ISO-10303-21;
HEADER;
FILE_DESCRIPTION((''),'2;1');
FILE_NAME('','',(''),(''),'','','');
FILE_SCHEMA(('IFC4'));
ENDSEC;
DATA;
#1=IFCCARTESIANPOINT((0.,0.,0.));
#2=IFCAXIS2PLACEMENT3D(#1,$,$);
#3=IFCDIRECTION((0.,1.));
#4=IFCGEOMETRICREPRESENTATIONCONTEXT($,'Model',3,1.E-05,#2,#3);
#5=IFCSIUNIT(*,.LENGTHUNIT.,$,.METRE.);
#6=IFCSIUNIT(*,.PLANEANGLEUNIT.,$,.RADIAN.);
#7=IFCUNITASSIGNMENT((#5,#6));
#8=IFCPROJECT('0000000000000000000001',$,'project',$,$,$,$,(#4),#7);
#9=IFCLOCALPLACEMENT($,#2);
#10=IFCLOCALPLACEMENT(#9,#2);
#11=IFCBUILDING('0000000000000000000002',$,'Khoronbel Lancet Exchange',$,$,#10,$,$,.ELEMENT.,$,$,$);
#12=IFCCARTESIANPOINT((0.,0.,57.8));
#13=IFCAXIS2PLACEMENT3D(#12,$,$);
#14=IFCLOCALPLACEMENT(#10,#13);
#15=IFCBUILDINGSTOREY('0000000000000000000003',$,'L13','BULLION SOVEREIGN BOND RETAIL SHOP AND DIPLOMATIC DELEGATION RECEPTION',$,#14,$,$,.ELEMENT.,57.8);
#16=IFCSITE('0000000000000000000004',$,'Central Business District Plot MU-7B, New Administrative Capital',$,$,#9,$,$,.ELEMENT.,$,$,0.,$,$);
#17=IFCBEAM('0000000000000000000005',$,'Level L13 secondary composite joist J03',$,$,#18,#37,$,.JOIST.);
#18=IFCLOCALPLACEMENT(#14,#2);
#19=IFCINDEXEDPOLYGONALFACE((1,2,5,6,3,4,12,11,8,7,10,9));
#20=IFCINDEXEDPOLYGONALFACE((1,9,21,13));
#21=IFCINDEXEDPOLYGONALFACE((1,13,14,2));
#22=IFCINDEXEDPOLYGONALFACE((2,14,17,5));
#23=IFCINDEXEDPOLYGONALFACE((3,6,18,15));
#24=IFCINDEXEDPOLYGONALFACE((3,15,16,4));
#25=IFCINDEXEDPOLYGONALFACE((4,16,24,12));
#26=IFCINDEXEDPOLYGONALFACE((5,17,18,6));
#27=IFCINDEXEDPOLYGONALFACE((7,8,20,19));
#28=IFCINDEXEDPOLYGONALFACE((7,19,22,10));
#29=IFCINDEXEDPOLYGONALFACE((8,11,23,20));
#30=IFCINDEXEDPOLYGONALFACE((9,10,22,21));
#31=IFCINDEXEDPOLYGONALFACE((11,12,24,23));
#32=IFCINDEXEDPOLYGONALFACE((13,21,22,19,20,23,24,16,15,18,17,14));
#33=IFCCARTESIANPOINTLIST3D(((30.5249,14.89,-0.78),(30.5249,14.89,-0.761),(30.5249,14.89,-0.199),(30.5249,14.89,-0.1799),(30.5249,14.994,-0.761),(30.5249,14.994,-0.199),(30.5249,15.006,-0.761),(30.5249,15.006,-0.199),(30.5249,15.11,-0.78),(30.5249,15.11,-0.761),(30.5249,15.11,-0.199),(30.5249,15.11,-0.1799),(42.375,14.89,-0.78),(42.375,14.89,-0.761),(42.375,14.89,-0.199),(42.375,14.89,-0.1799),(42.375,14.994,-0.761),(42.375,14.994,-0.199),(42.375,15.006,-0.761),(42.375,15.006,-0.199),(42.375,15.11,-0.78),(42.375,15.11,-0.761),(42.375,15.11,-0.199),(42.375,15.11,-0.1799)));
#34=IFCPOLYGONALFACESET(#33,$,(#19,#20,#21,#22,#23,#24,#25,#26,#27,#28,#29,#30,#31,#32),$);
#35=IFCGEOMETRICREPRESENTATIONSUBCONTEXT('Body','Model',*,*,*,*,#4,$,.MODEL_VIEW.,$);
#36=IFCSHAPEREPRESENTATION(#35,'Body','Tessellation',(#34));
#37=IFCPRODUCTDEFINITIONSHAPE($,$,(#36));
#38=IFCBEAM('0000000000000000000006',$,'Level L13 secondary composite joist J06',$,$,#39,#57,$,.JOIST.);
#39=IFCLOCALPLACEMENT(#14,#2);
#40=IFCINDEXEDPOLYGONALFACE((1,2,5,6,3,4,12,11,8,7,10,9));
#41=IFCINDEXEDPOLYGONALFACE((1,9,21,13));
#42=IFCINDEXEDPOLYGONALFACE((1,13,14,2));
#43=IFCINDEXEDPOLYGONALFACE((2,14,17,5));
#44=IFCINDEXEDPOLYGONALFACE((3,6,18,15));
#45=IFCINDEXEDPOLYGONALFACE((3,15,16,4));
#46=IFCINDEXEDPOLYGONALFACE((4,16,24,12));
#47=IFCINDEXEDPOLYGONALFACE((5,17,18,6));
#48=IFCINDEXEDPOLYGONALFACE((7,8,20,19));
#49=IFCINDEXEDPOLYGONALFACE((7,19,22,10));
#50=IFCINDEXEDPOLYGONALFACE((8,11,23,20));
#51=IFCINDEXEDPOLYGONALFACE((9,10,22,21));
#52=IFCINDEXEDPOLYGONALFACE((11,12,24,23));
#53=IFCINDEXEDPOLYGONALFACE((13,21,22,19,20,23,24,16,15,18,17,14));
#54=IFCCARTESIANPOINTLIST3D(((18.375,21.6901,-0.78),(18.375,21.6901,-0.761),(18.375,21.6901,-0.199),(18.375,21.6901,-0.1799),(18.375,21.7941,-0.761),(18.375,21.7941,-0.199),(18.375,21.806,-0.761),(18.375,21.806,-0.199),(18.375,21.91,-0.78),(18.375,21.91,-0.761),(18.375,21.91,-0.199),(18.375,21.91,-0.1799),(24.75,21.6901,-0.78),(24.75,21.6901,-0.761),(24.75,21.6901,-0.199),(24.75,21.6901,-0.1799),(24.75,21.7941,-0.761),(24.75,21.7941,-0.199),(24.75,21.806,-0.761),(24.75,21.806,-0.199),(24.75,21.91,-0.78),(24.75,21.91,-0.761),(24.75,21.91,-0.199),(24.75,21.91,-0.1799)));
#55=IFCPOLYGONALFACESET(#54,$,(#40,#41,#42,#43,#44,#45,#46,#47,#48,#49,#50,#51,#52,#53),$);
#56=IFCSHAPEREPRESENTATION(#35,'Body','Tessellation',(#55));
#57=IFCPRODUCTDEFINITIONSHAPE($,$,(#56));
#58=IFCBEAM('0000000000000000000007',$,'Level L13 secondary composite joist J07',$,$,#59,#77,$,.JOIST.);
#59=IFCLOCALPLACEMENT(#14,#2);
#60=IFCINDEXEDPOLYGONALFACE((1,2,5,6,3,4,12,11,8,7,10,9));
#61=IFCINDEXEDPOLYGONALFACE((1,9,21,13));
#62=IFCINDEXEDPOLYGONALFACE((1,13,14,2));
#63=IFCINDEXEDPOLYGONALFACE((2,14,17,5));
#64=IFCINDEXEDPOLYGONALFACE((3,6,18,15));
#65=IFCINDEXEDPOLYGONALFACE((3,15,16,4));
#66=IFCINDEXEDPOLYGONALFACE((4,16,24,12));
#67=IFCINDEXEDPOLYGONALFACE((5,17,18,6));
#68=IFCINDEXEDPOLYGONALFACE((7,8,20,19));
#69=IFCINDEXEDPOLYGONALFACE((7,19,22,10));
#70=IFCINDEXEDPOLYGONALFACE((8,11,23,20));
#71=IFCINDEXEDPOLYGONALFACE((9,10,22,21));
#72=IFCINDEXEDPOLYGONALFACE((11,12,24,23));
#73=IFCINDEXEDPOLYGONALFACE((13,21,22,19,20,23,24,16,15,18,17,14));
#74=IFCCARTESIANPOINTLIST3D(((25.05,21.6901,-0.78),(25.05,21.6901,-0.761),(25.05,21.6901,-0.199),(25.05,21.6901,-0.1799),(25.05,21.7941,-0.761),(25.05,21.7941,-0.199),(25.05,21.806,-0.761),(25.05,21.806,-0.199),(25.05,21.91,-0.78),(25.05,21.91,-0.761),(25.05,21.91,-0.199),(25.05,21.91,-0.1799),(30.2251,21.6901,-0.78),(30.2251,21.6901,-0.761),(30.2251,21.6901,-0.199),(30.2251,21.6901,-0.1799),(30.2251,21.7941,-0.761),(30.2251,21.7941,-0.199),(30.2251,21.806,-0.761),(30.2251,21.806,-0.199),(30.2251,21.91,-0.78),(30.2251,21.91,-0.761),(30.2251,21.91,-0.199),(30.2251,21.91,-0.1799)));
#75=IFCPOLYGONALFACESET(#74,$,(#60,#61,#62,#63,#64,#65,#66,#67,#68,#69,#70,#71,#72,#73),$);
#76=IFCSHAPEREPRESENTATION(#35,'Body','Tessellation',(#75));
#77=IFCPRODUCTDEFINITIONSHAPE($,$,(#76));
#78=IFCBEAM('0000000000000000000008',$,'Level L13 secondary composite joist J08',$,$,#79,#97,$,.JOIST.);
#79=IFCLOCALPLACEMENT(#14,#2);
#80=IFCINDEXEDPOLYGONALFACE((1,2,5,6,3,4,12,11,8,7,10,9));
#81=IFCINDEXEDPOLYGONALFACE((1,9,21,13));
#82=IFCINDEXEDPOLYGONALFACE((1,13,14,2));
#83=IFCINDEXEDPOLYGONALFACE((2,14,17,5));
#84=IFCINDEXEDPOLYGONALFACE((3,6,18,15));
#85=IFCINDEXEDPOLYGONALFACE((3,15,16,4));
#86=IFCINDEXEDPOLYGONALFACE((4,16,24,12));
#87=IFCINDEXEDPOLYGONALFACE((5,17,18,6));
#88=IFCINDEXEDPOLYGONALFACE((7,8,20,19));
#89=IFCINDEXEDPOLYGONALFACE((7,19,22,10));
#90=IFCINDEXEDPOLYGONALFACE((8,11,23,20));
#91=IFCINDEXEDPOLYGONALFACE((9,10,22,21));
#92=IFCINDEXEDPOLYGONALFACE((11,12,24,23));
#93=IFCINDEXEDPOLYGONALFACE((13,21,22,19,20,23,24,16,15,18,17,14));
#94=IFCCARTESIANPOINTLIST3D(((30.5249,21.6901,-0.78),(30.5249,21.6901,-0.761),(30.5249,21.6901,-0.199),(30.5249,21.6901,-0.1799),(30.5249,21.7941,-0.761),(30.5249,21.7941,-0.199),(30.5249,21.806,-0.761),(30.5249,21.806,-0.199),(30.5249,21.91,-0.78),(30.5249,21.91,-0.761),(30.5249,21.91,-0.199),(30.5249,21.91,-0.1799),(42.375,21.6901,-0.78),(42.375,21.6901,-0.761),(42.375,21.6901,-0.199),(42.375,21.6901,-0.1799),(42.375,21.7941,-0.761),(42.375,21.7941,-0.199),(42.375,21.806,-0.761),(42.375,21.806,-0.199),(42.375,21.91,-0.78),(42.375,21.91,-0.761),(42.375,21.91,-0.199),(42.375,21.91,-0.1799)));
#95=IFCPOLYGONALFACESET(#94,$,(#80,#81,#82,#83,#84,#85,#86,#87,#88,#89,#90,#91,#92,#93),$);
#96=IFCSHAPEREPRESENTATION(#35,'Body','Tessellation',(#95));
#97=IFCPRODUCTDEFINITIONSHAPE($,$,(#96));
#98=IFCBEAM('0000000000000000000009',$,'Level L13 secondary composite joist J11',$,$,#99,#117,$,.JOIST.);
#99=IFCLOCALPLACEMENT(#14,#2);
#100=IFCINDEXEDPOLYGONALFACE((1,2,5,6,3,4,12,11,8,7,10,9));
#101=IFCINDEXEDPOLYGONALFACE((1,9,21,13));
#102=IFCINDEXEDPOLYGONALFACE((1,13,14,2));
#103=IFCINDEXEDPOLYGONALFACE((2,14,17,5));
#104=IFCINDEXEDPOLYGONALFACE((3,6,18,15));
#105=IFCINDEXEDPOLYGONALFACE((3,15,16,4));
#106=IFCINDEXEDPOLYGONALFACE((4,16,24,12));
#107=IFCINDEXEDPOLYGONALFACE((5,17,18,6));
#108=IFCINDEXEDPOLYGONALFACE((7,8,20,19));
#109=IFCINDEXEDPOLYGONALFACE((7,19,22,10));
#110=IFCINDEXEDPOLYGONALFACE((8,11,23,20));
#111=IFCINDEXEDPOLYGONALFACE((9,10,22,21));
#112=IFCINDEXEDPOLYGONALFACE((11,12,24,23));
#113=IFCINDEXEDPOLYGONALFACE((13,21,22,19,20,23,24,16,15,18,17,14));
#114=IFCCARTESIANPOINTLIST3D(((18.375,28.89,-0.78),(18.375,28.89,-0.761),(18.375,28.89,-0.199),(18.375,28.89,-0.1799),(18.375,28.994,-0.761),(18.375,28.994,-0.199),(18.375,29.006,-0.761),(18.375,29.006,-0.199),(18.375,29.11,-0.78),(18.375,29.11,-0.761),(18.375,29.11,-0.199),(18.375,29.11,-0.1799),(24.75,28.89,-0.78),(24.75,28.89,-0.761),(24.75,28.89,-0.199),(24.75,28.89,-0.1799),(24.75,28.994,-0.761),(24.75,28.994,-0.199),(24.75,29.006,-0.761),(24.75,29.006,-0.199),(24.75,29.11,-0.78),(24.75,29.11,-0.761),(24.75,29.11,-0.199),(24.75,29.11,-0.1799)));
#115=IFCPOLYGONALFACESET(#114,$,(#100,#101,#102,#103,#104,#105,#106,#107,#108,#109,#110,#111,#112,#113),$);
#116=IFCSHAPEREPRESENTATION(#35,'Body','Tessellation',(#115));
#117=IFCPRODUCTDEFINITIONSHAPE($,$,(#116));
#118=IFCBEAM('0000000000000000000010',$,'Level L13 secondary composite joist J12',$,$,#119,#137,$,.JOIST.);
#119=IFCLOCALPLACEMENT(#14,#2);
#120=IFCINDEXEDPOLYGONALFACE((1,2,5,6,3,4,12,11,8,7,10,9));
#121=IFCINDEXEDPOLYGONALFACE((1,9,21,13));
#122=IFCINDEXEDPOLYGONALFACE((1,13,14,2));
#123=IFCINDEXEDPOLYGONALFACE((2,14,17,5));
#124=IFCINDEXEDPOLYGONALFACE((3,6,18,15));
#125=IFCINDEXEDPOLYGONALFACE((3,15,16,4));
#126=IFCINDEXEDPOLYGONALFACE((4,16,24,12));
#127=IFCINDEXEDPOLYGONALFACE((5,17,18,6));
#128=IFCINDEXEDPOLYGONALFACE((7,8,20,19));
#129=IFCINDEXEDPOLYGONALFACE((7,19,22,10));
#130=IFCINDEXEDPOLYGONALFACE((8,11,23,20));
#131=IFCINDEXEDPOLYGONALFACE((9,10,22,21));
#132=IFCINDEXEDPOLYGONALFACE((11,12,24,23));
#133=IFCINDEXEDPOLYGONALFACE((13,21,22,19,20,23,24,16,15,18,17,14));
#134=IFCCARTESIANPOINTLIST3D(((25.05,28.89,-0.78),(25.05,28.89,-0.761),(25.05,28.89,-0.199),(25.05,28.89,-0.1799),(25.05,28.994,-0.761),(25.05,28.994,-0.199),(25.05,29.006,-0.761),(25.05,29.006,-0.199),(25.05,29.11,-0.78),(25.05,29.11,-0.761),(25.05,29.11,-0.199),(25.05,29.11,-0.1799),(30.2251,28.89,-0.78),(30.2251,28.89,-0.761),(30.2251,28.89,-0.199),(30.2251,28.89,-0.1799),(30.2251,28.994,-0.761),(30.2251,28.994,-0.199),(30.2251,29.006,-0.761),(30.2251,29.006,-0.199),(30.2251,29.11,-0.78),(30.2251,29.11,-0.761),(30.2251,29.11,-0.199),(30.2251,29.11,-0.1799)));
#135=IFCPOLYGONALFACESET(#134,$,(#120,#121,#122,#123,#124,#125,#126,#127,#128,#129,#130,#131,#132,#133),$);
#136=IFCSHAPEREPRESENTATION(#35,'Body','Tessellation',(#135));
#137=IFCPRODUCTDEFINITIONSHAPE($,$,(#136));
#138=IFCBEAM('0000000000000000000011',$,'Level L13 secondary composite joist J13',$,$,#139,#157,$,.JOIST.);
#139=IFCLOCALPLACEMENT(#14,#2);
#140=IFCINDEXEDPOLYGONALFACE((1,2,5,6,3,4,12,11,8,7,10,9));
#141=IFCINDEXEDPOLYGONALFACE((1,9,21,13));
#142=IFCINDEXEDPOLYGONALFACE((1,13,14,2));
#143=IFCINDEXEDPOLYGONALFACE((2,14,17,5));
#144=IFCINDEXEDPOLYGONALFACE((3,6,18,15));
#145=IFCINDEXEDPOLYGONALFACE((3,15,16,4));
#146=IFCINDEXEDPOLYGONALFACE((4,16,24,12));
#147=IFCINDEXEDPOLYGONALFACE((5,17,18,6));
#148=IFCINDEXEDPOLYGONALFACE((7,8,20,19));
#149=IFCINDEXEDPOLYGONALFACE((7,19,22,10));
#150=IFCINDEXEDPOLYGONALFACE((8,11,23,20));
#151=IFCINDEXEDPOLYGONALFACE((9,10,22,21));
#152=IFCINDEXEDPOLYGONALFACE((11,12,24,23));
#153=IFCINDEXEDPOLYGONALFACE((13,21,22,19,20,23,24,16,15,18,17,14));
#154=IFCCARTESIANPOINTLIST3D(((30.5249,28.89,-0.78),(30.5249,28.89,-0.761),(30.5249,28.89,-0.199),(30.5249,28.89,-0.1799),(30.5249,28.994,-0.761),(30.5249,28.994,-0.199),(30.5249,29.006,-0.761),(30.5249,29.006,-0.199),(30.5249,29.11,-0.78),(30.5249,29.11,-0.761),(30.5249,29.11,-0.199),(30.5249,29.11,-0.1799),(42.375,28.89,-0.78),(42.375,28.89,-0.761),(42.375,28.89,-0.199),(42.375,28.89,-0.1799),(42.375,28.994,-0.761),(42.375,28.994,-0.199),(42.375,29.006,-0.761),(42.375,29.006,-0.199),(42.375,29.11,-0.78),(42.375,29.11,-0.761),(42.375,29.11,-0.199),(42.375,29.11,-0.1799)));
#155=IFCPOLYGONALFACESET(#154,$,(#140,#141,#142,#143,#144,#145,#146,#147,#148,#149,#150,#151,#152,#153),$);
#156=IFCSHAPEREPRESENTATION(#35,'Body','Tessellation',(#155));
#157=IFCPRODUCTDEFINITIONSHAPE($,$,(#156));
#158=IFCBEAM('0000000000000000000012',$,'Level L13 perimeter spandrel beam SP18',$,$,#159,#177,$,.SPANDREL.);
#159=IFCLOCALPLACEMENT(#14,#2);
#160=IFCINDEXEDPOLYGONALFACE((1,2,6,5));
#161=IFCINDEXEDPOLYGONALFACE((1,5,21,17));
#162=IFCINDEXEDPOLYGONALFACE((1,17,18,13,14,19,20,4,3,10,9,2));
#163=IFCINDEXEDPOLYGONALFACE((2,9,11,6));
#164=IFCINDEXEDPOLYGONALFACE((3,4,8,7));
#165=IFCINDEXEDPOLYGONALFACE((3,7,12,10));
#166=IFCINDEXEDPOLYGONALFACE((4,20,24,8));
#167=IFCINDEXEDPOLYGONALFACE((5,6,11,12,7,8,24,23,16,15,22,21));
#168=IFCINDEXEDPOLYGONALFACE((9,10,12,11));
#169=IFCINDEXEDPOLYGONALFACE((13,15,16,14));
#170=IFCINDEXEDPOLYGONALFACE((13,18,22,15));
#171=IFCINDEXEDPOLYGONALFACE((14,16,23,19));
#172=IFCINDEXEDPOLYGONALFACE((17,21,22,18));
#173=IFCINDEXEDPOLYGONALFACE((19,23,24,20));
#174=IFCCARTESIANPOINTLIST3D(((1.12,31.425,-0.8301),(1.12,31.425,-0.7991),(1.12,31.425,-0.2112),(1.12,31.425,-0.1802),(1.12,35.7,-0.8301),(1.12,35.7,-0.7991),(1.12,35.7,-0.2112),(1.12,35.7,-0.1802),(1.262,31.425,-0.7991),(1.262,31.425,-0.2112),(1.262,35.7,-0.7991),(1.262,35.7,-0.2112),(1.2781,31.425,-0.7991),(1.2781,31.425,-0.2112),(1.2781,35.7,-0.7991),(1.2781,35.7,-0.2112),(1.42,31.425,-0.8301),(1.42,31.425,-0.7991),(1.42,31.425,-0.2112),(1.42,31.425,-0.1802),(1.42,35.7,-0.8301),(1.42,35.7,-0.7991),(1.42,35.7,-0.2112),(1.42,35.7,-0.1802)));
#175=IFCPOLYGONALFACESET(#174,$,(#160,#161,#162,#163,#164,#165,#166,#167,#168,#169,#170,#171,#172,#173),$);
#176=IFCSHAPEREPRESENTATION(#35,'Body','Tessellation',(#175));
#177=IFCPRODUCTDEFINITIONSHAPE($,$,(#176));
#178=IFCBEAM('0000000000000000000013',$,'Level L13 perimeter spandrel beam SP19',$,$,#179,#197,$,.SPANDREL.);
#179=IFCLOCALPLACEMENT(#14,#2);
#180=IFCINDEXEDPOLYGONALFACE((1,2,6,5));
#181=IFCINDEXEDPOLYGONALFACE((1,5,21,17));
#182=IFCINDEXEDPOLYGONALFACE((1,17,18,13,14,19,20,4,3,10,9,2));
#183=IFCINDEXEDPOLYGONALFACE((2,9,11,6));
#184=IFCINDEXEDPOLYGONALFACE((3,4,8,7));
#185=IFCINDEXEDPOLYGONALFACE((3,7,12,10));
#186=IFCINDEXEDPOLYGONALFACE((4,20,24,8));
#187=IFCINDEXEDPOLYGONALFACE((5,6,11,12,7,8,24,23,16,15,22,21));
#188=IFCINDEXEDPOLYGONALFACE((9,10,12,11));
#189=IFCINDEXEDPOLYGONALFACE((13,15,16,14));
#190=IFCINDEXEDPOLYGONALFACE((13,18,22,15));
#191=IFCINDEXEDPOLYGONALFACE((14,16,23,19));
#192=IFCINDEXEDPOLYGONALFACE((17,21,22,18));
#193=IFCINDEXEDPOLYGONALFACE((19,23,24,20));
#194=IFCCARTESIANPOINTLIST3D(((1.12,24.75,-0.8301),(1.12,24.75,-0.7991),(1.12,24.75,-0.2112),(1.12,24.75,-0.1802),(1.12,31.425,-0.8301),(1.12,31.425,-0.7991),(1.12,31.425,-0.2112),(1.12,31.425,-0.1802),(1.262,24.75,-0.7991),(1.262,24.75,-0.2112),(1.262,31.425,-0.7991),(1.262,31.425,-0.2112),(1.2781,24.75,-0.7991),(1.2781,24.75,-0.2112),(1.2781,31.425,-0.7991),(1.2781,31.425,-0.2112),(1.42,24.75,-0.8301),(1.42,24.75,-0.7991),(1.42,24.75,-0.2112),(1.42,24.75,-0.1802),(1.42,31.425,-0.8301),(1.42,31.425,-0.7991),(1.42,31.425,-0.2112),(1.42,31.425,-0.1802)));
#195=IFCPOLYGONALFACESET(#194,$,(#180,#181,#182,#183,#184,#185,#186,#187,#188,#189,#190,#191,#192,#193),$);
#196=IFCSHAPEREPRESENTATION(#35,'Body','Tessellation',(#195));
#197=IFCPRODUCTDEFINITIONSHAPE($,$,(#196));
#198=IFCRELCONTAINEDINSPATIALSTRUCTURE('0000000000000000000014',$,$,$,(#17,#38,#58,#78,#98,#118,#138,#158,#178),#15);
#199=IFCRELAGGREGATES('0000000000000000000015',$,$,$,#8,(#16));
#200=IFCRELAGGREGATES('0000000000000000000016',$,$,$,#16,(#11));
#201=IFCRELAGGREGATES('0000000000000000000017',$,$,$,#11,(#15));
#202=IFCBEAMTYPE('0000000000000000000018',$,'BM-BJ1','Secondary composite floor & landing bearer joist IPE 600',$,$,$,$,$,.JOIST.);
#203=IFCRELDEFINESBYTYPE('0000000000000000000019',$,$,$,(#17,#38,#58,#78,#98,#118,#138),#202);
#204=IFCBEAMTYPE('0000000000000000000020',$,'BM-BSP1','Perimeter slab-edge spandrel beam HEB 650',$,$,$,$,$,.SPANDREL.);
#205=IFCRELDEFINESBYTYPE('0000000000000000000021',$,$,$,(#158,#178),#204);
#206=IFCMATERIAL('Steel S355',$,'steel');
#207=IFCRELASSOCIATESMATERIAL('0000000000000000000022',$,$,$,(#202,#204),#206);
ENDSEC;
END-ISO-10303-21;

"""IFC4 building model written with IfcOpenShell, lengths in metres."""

from ifc_helpers import new_model, si_unit, direction, frame, origin, origin_2d, place, context, subcontext, project, spatial, i_section, extrude, material, material_profile, profile_set, type_object, element, save


model = new_model("IFC4")

# Units and contexts
model_context = context("Model", 3, precision=1e-05, world=origin(), true_north=direction((0.0, 1.0)))
body_context = subcontext(model_context, "Body", "Model", "MODEL_VIEW")
ifc_project = project(units=[si_unit("LENGTHUNIT", "METRE"), si_unit("PLANEANGLEUNIT", "RADIAN")], contexts=[model_context])

# Site, building, storey
site_placement = place(None, origin())
site = spatial("IfcSite", under=ifc_project, at=site_placement, Name="Central Business District Plot MU-7B, New Administrative Capital", CompositionType="ELEMENT", RefElevation=0.0)
building_placement = place(site_placement, origin())
building = spatial("IfcBuilding", under=site, at=building_placement, Name="Khoronbel Lancet Exchange", CompositionType="ELEMENT")
storey_placement = place(building_placement, frame((0.0, 0.0, 57.8)))
storey = spatial("IfcBuildingStorey", under=building, at=storey_placement, Name="L13", Description="BULLION SOVEREIGN BOND RETAIL SHOP AND DIPLOMATIC DELEGATION RECEPTION", CompositionType="ELEMENT", Elevation=57.8)

# Shared definitions
ifc_material_1 = material(Name="Steel S355", Category="steel")

# Beams
ifc_material_profile_1 = material_profile(ifc_material_1, i_section(OverallWidth=0.22, OverallDepth=0.6001, WebThickness=0.012, FlangeThickness=0.019, at=origin_2d()), Name="IPE 600")
ifc_profile_set_1 = profile_set([ifc_material_profile_1], Name="Steel S355")
beam_type_1 = type_object("IfcBeamType", Name="BM-BJ1", Description="Secondary composite floor & landing bearer joist IPE 600", PredefinedType="JOIST", material=ifc_profile_set_1)
beam_1_placement = place(storey_placement, frame((30.5249, 15.0, -0.48), z_axis=(1.0, 0.0, 0.0), x_axis=(0.0, 1.0, 0.0)))
element("IfcBeam", 1, at=beam_1_placement, inside=storey, type_object=beam_type_1, Name="Level L13 secondary composite joist J03", PredefinedType="JOIST", context=body_context, shape_type="SweptSolid", body=[
    extrude(i_section(OverallWidth=0.22, OverallDepth=0.6001, WebThickness=0.012, FlangeThickness=0.019, at=origin_2d()), origin(), (0.0, 0.0, 1.0), 11.8501),
])
beam_2_placement = place(storey_placement, frame((18.375, 21.8, -0.48), z_axis=(1.0, 0.0, 0.0), x_axis=(0.0, 1.0, 0.0)))
element("IfcBeam", 2, at=beam_2_placement, inside=storey, type_object=beam_type_1, Name="Level L13 secondary composite joist J06", PredefinedType="JOIST", context=body_context, shape_type="SweptSolid", body=[
    extrude(i_section(OverallWidth=0.22, OverallDepth=0.6001, WebThickness=0.012, FlangeThickness=0.019, at=origin_2d()), origin(), (0.0, 0.0, 1.0), 6.375),
])
beam_3_placement = place(storey_placement, frame((25.05, 21.8, -0.48), z_axis=(1.0, 0.0, 0.0), x_axis=(0.0, 1.0, 0.0)))
element("IfcBeam", 3, at=beam_3_placement, inside=storey, type_object=beam_type_1, Name="Level L13 secondary composite joist J07", PredefinedType="JOIST", context=body_context, shape_type="SweptSolid", body=[
    extrude(i_section(OverallWidth=0.22, OverallDepth=0.6001, WebThickness=0.012, FlangeThickness=0.019, at=origin_2d()), origin(), (0.0, 0.0, 1.0), 5.175),
])
beam_4_placement = place(storey_placement, frame((30.5249, 21.8, -0.48), z_axis=(1.0, 0.0, 0.0), x_axis=(0.0, 1.0, 0.0)))
element("IfcBeam", 4, at=beam_4_placement, inside=storey, type_object=beam_type_1, Name="Level L13 secondary composite joist J08", PredefinedType="JOIST", context=body_context, shape_type="SweptSolid", body=[
    extrude(i_section(OverallWidth=0.22, OverallDepth=0.6001, WebThickness=0.012, FlangeThickness=0.019, at=origin_2d()), origin(), (0.0, 0.0, 1.0), 11.8501),
])
beam_5_placement = place(storey_placement, frame((18.375, 29.0, -0.48), z_axis=(1.0, 0.0, 0.0), x_axis=(0.0, 1.0, 0.0)))
element("IfcBeam", 5, at=beam_5_placement, inside=storey, type_object=beam_type_1, Name="Level L13 secondary composite joist J11", PredefinedType="JOIST", context=body_context, shape_type="SweptSolid", body=[
    extrude(i_section(OverallWidth=0.22, OverallDepth=0.6001, WebThickness=0.012, FlangeThickness=0.019, at=origin_2d()), origin(), (0.0, 0.0, 1.0), 6.375),
])
beam_6_placement = place(storey_placement, frame((25.05, 29.0, -0.48), z_axis=(1.0, 0.0, 0.0), x_axis=(0.0, 1.0, 0.0)))
element("IfcBeam", 6, at=beam_6_placement, inside=storey, type_object=beam_type_1, Name="Level L13 secondary composite joist J12", PredefinedType="JOIST", context=body_context, shape_type="SweptSolid", body=[
    extrude(i_section(OverallWidth=0.22, OverallDepth=0.6001, WebThickness=0.012, FlangeThickness=0.019, at=origin_2d()), origin(), (0.0, 0.0, 1.0), 5.175),
])
beam_7_placement = place(storey_placement, frame((30.5249, 29.0, -0.48), z_axis=(1.0, 0.0, 0.0), x_axis=(0.0, 1.0, 0.0)))
element("IfcBeam", 7, at=beam_7_placement, inside=storey, type_object=beam_type_1, Name="Level L13 secondary composite joist J13", PredefinedType="JOIST", context=body_context, shape_type="SweptSolid", body=[
    extrude(i_section(OverallWidth=0.22, OverallDepth=0.6001, WebThickness=0.012, FlangeThickness=0.019, at=origin_2d()), origin(), (0.0, 0.0, 1.0), 11.8501),
])
ifc_material_profile_2 = material_profile(ifc_material_1, i_section(OverallWidth=0.3, OverallDepth=0.6499, WebThickness=0.0161, FlangeThickness=0.031, at=origin_2d()), Name="HEB 650")
ifc_profile_set_2 = profile_set([ifc_material_profile_2], Name="Steel S355")
beam_type_2 = type_object("IfcBeamType", Name="BM-BSP1", Description="Perimeter slab-edge spandrel beam HEB 650", PredefinedType="SPANDREL", material=ifc_profile_set_2)
beam_8_placement = place(storey_placement, frame((1.27, 35.7, -0.5051), z_axis=(0.0, -1.0, 0.0), x_axis=(1.0, 0.0, 0.0)))
element("IfcBeam", 8, at=beam_8_placement, inside=storey, type_object=beam_type_2, Name="Level L13 perimeter spandrel beam SP18", PredefinedType="SPANDREL", context=body_context, shape_type="SweptSolid", body=[
    extrude(i_section(OverallWidth=0.3, OverallDepth=0.6499, WebThickness=0.0161, FlangeThickness=0.031, at=origin_2d()), origin(), (0.0, 0.0, 1.0), 4.2749),
])
beam_9_placement = place(storey_placement, frame((1.27, 31.425, -0.5051), z_axis=(0.0, -1.0, 0.0), x_axis=(1.0, 0.0, 0.0)))
element("IfcBeam", 9, at=beam_9_placement, inside=storey, type_object=beam_type_2, Name="Level L13 perimeter spandrel beam SP19", PredefinedType="SPANDREL", context=body_context, shape_type="SweptSolid", body=[
    extrude(i_section(OverallWidth=0.3, OverallDepth=0.6499, WebThickness=0.0161, FlangeThickness=0.031, at=origin_2d()), origin(), (0.0, 0.0, 1.0), 6.675),
])

save(model, "model.ifc")
